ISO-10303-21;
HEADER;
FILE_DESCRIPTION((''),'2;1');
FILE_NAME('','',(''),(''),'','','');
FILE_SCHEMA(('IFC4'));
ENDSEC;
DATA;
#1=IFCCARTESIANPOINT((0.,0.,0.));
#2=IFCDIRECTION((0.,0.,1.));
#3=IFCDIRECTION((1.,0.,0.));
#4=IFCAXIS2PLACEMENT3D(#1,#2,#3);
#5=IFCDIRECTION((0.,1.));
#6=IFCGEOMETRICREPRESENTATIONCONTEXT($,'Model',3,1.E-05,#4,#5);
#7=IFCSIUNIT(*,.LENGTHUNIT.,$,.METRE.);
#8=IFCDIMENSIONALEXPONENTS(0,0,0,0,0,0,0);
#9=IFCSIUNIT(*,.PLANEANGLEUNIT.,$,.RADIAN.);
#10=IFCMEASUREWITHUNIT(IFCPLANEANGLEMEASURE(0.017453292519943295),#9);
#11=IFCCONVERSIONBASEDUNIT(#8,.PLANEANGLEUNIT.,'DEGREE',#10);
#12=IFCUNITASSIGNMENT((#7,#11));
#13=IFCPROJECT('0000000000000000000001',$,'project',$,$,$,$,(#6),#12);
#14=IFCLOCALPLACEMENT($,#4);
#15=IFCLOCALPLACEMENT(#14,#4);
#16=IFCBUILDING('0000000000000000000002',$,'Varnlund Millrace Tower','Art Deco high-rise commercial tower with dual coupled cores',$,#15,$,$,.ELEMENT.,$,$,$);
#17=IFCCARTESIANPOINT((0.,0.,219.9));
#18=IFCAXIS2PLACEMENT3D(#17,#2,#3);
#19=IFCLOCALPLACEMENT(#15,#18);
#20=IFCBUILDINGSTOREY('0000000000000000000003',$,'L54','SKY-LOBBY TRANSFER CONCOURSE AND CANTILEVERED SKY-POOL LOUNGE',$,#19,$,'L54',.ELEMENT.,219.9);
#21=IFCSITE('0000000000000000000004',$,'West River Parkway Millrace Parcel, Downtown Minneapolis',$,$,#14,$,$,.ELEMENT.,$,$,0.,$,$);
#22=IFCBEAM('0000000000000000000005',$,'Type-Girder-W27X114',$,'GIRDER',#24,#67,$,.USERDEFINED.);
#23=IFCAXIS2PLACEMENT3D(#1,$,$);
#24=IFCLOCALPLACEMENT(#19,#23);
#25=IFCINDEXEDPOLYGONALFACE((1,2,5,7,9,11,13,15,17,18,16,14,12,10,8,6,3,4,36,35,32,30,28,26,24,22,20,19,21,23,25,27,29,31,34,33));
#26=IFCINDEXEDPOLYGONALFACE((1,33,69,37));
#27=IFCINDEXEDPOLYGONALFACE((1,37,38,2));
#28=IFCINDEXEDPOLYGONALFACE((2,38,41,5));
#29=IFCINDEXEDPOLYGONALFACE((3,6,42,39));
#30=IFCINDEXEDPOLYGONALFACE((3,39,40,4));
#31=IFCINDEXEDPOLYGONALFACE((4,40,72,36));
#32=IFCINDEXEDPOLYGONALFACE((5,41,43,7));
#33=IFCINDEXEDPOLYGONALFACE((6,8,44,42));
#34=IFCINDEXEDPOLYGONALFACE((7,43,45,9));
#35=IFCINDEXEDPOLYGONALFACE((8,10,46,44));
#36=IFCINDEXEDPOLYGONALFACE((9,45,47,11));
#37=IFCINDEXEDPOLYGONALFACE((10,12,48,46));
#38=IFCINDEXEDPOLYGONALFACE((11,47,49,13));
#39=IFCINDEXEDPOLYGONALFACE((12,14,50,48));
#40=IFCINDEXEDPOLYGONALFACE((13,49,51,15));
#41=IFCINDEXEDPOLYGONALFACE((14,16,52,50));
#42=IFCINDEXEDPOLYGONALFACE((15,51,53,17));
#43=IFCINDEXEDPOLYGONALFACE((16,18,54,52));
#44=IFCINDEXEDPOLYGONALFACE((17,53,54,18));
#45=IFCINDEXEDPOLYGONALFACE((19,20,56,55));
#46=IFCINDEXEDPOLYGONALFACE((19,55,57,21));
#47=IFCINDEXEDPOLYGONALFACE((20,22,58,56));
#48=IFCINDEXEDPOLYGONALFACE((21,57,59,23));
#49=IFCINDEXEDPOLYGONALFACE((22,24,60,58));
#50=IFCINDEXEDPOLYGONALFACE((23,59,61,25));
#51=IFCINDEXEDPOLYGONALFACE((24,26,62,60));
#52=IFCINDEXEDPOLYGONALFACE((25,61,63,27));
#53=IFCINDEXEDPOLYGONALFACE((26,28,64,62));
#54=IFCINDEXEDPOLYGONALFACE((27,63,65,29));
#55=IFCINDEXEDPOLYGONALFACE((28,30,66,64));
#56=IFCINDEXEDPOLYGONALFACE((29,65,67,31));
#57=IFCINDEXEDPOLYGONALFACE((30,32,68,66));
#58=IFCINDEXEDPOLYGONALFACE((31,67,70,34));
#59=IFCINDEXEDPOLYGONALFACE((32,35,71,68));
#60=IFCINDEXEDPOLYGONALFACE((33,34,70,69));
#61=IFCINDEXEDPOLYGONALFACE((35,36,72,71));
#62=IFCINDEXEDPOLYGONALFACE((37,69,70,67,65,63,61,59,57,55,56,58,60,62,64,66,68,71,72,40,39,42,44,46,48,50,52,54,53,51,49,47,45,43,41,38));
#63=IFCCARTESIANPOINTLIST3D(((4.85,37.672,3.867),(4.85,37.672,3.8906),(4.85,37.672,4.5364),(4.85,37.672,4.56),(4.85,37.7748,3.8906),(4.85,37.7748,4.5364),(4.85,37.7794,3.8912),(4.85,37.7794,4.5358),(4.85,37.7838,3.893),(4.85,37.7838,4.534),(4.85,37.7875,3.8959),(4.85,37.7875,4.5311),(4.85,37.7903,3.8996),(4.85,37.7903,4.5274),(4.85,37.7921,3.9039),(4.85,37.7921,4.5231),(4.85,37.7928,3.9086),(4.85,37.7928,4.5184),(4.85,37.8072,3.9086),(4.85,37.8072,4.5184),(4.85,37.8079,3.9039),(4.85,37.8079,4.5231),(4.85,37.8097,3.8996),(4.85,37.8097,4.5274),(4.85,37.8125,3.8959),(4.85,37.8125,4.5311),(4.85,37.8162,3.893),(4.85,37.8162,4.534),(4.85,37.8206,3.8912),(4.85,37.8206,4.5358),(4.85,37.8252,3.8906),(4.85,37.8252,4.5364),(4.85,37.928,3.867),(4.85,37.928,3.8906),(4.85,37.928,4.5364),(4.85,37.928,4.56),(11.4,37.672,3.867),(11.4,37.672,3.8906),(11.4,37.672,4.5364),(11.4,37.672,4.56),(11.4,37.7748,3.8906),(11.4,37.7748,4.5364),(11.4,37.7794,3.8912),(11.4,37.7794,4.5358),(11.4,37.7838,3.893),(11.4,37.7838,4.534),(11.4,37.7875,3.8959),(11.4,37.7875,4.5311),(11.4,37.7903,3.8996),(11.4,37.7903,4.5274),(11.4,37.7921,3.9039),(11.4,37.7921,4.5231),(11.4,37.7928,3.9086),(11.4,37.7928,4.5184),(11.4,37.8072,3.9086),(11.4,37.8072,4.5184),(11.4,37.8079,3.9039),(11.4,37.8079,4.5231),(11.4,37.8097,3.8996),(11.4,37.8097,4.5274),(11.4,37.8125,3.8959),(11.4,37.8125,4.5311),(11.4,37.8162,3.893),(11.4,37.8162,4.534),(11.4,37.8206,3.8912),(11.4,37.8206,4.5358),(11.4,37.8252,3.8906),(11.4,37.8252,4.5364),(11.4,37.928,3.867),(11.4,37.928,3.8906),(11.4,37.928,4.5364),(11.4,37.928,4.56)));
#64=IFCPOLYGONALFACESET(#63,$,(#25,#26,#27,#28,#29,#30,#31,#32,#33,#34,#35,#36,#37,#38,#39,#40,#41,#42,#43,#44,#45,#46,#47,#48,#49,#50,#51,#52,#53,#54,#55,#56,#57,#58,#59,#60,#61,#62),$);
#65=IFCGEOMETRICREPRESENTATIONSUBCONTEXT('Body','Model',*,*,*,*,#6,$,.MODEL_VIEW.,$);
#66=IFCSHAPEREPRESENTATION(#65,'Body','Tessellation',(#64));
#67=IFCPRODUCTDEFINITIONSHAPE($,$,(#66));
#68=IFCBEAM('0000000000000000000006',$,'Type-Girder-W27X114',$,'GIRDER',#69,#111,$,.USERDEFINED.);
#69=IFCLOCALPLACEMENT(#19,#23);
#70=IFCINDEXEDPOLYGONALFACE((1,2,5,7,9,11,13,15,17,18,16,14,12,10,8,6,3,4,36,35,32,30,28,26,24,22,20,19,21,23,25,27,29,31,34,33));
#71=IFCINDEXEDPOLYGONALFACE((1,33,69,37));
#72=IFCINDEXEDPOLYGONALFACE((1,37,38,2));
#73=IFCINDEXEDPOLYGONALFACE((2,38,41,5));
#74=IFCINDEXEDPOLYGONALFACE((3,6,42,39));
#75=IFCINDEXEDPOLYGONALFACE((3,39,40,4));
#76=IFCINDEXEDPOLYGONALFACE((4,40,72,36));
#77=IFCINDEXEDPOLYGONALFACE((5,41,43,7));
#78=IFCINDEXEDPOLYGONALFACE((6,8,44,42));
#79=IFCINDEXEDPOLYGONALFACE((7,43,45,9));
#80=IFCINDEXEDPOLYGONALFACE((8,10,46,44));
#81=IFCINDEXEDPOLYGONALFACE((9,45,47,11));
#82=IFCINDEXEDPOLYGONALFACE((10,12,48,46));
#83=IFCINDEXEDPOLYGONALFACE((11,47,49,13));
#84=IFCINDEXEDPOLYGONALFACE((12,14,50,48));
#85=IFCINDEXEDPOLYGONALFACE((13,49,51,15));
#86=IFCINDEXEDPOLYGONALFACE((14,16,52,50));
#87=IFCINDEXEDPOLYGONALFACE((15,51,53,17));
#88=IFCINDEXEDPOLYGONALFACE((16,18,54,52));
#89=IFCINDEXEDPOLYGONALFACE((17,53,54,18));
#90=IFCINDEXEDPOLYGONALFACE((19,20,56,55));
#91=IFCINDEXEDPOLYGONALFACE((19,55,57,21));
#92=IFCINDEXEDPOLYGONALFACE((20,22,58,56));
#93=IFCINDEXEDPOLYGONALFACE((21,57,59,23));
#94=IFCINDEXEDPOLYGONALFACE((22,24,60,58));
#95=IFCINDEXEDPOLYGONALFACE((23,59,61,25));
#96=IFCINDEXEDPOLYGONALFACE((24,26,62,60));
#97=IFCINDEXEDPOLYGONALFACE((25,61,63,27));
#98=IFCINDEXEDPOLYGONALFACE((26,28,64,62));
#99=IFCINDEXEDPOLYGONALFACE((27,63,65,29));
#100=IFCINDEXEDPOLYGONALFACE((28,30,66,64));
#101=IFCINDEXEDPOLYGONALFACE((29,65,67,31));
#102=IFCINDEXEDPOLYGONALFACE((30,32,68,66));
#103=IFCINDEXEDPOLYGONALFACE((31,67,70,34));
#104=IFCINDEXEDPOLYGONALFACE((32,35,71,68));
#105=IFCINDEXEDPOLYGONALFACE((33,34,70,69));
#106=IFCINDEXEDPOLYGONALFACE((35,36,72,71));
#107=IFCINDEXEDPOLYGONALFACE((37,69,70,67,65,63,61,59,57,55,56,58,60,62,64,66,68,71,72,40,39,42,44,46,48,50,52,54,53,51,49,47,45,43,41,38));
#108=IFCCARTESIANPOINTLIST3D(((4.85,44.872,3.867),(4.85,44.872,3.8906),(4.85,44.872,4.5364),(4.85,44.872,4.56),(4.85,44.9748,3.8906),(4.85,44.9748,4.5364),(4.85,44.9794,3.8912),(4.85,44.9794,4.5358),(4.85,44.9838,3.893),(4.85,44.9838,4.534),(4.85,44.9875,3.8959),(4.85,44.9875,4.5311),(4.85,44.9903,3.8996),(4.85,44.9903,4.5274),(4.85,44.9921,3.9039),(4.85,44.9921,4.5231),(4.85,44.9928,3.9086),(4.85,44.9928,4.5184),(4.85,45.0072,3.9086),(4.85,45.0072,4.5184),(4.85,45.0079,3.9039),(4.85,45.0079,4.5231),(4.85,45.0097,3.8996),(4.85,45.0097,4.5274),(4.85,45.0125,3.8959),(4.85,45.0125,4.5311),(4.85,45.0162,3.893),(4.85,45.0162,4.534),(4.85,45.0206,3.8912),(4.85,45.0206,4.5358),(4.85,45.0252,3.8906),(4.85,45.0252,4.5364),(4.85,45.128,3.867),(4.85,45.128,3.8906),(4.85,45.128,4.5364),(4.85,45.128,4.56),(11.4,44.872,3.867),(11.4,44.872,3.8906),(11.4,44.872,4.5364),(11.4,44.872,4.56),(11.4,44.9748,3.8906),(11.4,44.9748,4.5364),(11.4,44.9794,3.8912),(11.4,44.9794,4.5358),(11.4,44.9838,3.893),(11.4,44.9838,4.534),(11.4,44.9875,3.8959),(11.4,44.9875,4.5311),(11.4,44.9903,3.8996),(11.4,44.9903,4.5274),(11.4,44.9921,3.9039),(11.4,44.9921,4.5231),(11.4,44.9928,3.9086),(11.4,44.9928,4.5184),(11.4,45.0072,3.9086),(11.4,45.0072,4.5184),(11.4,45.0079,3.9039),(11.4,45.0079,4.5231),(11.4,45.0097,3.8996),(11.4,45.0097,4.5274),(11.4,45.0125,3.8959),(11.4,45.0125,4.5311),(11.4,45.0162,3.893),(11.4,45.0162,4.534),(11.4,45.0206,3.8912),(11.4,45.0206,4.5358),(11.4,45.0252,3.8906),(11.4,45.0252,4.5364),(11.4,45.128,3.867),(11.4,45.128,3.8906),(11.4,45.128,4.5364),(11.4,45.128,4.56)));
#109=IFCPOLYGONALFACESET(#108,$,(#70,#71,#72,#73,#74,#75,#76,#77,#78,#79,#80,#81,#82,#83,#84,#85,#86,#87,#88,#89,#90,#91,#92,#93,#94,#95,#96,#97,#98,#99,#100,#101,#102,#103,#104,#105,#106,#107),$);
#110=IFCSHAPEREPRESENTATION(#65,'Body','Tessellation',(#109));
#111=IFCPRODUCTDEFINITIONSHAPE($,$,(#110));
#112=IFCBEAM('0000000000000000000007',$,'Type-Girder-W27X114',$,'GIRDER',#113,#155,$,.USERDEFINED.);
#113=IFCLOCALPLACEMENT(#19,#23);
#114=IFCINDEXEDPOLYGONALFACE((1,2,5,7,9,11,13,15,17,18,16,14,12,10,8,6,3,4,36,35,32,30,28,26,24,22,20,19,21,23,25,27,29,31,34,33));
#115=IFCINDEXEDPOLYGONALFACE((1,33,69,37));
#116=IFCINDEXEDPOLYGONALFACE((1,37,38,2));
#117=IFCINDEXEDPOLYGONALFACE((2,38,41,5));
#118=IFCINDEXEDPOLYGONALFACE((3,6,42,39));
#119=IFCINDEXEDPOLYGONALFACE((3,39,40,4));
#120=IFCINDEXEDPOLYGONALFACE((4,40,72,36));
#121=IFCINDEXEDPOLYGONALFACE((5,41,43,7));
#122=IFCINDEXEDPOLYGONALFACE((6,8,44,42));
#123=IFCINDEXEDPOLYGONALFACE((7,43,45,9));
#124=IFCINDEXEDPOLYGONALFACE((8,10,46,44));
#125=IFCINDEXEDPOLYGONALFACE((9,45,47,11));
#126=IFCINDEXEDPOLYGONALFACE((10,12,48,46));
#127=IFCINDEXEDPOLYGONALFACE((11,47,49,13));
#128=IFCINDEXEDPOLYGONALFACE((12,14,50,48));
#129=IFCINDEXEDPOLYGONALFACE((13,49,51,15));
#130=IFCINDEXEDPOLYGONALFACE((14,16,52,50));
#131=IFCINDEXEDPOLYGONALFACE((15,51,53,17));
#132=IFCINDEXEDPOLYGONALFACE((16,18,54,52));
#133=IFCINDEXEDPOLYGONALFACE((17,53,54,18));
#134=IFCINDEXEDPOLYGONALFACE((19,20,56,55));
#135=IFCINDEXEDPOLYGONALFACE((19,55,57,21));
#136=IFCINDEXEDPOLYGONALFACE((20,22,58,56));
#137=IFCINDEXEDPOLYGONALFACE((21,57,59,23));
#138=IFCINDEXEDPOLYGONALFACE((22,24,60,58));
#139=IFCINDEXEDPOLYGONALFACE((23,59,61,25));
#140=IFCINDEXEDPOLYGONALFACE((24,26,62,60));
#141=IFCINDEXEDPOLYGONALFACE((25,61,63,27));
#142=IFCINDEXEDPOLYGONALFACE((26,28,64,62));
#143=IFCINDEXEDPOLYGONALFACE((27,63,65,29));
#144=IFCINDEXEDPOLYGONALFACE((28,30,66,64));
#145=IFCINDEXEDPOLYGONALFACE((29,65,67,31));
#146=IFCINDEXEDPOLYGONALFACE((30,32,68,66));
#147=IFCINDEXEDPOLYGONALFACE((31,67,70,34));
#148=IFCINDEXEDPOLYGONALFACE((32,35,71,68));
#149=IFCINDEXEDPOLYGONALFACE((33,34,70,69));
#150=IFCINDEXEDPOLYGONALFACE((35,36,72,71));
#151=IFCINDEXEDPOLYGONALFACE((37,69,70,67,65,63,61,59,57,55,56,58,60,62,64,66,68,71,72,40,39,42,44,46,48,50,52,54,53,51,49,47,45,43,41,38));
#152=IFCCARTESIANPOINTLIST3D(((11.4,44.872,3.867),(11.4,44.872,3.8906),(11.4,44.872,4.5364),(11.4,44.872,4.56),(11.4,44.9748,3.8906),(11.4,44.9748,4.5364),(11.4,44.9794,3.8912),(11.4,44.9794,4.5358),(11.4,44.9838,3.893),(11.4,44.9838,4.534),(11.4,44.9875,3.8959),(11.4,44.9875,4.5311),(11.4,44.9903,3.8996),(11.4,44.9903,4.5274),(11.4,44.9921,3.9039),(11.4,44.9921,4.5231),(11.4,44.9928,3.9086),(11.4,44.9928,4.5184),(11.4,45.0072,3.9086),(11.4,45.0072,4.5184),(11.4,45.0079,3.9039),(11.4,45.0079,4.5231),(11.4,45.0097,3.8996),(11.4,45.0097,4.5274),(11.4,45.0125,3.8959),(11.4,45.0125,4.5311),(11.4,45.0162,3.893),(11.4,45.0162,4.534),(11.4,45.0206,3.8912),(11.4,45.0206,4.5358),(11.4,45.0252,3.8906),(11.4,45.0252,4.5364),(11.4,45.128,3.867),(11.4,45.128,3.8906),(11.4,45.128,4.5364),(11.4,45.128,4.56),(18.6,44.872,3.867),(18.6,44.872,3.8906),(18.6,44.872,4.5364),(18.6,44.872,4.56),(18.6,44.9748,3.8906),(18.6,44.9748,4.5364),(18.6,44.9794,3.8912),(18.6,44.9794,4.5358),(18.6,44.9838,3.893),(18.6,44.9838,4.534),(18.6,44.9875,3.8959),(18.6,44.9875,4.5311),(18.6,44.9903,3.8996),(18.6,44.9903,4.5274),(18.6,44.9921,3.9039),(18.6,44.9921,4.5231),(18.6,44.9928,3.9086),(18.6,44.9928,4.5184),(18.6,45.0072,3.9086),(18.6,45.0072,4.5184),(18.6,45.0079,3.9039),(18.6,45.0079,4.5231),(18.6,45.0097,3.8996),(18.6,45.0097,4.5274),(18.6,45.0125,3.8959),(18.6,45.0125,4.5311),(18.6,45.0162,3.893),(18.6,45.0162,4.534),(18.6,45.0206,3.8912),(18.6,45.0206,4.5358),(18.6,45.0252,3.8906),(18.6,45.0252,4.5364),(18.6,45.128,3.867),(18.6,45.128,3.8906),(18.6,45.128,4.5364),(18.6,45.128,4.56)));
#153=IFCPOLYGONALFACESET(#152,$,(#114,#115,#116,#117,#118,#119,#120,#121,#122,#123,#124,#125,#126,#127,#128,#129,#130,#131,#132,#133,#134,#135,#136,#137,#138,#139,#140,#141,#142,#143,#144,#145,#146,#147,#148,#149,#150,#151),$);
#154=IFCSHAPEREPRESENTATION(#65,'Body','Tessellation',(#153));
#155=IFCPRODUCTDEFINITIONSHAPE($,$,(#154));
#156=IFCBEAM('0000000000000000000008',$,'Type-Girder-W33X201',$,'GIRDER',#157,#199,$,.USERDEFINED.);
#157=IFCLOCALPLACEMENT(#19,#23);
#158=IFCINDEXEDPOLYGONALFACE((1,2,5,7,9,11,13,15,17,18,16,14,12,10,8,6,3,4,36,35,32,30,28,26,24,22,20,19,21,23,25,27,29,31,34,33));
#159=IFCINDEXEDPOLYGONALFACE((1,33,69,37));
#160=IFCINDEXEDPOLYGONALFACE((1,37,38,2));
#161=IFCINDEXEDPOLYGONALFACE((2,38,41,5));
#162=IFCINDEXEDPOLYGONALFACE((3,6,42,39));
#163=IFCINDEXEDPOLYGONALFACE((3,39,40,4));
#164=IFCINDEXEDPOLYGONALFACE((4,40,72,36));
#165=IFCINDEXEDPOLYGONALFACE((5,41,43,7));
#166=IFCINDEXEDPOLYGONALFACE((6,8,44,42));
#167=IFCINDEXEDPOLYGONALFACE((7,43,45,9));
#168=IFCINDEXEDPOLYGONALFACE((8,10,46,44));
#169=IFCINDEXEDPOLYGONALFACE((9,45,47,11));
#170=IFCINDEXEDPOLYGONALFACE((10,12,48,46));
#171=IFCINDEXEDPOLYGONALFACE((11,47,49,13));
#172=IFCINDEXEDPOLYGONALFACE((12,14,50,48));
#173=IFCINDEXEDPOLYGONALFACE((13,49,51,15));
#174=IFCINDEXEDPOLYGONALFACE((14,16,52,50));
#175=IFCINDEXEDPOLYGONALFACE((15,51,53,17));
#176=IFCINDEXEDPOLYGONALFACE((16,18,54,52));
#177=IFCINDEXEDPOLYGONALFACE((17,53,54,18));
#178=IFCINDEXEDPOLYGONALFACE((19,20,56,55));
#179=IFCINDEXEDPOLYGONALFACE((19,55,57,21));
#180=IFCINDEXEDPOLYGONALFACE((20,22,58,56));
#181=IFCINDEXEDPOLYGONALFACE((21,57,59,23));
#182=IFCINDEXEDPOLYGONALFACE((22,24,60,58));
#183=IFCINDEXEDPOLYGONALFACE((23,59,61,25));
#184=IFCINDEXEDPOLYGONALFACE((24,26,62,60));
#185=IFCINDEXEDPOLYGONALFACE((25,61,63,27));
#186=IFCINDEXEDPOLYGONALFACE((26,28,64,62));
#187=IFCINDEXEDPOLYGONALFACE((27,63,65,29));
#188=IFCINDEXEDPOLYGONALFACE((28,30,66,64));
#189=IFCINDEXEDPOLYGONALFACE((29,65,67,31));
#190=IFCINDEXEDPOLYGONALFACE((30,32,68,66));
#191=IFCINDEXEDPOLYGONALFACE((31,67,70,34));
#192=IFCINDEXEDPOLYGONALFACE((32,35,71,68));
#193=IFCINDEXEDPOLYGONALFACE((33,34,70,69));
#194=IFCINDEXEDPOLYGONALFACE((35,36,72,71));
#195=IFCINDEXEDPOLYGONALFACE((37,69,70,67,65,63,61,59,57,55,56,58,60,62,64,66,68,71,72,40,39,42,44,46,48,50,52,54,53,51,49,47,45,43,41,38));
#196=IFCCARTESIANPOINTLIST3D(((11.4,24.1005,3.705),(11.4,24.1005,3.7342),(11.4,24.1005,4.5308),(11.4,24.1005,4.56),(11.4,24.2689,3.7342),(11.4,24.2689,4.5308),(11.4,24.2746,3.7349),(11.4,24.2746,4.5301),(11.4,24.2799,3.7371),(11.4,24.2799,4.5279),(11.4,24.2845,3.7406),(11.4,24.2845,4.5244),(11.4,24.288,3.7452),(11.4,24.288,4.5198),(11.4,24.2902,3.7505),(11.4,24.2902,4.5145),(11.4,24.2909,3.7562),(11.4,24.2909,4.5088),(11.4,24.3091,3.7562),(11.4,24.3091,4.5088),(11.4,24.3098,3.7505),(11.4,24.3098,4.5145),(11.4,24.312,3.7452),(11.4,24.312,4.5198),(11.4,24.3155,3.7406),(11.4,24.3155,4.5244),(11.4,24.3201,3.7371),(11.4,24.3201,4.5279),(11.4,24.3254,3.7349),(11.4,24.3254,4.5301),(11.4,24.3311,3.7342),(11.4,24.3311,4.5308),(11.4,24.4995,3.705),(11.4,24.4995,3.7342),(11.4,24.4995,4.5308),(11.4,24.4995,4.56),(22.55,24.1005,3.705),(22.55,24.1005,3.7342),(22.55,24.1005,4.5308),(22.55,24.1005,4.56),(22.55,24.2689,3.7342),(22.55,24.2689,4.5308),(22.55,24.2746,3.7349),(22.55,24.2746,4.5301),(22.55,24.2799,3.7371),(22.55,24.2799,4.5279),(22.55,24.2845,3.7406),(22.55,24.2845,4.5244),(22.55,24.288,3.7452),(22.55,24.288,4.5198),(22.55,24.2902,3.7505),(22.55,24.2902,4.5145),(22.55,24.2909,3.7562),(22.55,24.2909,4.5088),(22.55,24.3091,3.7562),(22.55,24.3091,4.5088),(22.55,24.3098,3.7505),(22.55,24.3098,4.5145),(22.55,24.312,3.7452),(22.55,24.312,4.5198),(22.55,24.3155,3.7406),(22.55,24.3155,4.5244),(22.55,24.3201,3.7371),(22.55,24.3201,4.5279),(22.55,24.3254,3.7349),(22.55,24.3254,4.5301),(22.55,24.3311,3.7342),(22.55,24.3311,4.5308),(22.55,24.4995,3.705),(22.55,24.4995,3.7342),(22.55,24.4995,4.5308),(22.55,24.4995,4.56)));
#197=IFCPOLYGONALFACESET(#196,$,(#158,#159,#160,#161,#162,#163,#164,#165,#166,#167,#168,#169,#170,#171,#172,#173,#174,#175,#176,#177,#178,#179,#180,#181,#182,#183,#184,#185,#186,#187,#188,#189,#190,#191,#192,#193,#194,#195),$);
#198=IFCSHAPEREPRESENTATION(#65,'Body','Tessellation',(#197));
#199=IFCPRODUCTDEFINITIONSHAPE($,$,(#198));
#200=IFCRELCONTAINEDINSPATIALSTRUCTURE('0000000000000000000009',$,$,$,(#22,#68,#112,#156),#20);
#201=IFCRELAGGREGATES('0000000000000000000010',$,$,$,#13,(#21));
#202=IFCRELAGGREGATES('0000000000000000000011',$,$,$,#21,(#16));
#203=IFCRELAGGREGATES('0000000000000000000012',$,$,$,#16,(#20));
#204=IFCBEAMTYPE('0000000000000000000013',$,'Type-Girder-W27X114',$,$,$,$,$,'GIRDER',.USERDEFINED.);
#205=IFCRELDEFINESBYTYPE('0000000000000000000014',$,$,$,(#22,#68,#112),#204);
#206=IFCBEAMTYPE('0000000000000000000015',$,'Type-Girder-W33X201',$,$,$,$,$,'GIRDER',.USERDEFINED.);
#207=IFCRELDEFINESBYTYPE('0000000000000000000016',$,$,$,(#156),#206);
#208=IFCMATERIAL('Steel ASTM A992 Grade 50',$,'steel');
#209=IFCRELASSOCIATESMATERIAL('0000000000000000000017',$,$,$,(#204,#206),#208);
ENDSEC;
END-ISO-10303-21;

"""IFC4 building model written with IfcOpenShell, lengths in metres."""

from ifc_helpers import new_model, entity, si_unit, converted_unit, direction, frame, origin_with_axes, origin_2d_with_axis, place, context, subcontext, project, spatial, i_section, extrude, material, material_profile, profile_set, type_object, element, save


model = new_model("IFC4")

# Units and contexts
model_context = context("Model", 3, precision=1e-05, world=origin_with_axes(), true_north=direction((0.0, 1.0)))
body_context = subcontext(model_context, "Body", "Model", "MODEL_VIEW")
ifc_project = project(units=[si_unit("LENGTHUNIT", "METRE"), converted_unit("PLANEANGLEUNIT", "DEGREE", entity("IfcPlaneAngleMeasure", 0.017453292519943295), si_unit("PLANEANGLEUNIT", "RADIAN"), dimensions=[0, 0, 0, 0, 0, 0, 0])], contexts=[model_context])

# Site, building, storey
site_placement = place(None, origin_with_axes())
site = spatial("IfcSite", under=ifc_project, at=site_placement, Name="West River Parkway Millrace Parcel, Downtown Minneapolis", CompositionType="ELEMENT", RefElevation=0.0)
building_placement = place(site_placement, origin_with_axes())
building = spatial("IfcBuilding", under=site, at=building_placement, Name="Varnlund Millrace Tower", Description="Art Deco high-rise commercial tower with dual coupled cores", CompositionType="ELEMENT")
storey_placement = place(building_placement, frame((0.0, 0.0, 219.9), z_axis=(0.0, 0.0, 1.0), x_axis=(1.0, 0.0, 0.0)))
storey = spatial("IfcBuildingStorey", under=building, at=storey_placement, Name="L54", Description="SKY-LOBBY TRANSFER CONCOURSE AND CANTILEVERED SKY-POOL LOUNGE", LongName="L54", CompositionType="ELEMENT", Elevation=219.9)

# Beams
ifc_material_1 = material(Name="Steel ASTM A992 Grade 50", Category="steel")
ifc_material_profile_1 = material_profile(ifc_material_1, i_section(OverallWidth=0.256, OverallDepth=0.693, WebThickness=0.0145, FlangeThickness=0.0236, FilletRadius=0.018, at=origin_2d_with_axis()), Name="Steel ASTM A992 Grade 50")
ifc_profile_set_1 = profile_set([ifc_material_profile_1], Name="Steel ASTM A992 Grade 50")
beam_type_1 = type_object("IfcBeamType", Name="Type-Girder-W27X114", ElementType="GIRDER", PredefinedType="USERDEFINED", material=ifc_profile_set_1)
for number, where, z_axis, x_axis, name in (
    (1, (4.85, 37.8, 4.2135), (1.0, 0.0, 0.0), (0.0, 1.0, 0.0), "Type-Girder-W27X114"),
    (2, (4.85, 45.0, 4.2135), (1.0, 0.0, 0.0), (0.0, 1.0, 0.0), "Type-Girder-W27X114"),
):
    element("IfcBeam", number, at=place(storey_placement, frame(where, z_axis=z_axis, x_axis=x_axis)), inside=storey, type_object=beam_type_1, Name=name, ObjectType="GIRDER", PredefinedType="USERDEFINED", context=body_context, shape_type="SweptSolid", body=[
        extrude(i_section(OverallWidth=0.256, OverallDepth=0.693, WebThickness=0.0145, FlangeThickness=0.0236, FilletRadius=0.018, at=origin_2d_with_axis()), origin_with_axes(), (0.0, 0.0, 1.0), 6.55),
    ])
beam_1_placement = place(storey_placement, frame((11.4, 45.0, 4.2135), z_axis=(1.0, 0.0, 0.0), x_axis=(0.0, 1.0, 0.0)))
element("IfcBeam", 3, at=beam_1_placement, inside=storey, type_object=beam_type_1, Name="Type-Girder-W27X114", ObjectType="GIRDER", PredefinedType="USERDEFINED", context=body_context, shape_type="SweptSolid", body=[
    extrude(i_section(OverallWidth=0.256, OverallDepth=0.693, WebThickness=0.0145, FlangeThickness=0.0236, FilletRadius=0.018, at=origin_2d_with_axis()), origin_with_axes(), (0.0, 0.0, 1.0), 7.2),
])
ifc_material_profile_2 = material_profile(ifc_material_1, i_section(OverallWidth=0.399, OverallDepth=0.855, WebThickness=0.0182, FlangeThickness=0.0292, FilletRadius=0.022, at=origin_2d_with_axis()), Name="Steel ASTM A992 Grade 50")
ifc_profile_set_2 = profile_set([ifc_material_profile_2], Name="Steel ASTM A992 Grade 50")
beam_type_2 = type_object("IfcBeamType", Name="Type-Girder-W33X201", ElementType="GIRDER", PredefinedType="USERDEFINED", material=ifc_profile_set_2)
for number, where, z_axis, x_axis, name in (
    (4, (11.4, 24.3, 4.1325), (1.0, 0.0, 0.0), (0.0, 1.0, 0.0), "Type-Girder-W33X201"),
):
    element("IfcBeam", number, at=place(storey_placement, frame(where, z_axis=z_axis, x_axis=x_axis)), inside=storey, type_object=beam_type_2, Name=name, ObjectType="GIRDER", PredefinedType="USERDEFINED", context=body_context, shape_type="SweptSolid", body=[
        extrude(i_section(OverallWidth=0.399, OverallDepth=0.855, WebThickness=0.0182, FlangeThickness=0.0292, FilletRadius=0.022, at=origin_2d_with_axis()), origin_with_axes(), (0.0, 0.0, 1.0), 11.15),
    ])

save(model, "model.ifc")
